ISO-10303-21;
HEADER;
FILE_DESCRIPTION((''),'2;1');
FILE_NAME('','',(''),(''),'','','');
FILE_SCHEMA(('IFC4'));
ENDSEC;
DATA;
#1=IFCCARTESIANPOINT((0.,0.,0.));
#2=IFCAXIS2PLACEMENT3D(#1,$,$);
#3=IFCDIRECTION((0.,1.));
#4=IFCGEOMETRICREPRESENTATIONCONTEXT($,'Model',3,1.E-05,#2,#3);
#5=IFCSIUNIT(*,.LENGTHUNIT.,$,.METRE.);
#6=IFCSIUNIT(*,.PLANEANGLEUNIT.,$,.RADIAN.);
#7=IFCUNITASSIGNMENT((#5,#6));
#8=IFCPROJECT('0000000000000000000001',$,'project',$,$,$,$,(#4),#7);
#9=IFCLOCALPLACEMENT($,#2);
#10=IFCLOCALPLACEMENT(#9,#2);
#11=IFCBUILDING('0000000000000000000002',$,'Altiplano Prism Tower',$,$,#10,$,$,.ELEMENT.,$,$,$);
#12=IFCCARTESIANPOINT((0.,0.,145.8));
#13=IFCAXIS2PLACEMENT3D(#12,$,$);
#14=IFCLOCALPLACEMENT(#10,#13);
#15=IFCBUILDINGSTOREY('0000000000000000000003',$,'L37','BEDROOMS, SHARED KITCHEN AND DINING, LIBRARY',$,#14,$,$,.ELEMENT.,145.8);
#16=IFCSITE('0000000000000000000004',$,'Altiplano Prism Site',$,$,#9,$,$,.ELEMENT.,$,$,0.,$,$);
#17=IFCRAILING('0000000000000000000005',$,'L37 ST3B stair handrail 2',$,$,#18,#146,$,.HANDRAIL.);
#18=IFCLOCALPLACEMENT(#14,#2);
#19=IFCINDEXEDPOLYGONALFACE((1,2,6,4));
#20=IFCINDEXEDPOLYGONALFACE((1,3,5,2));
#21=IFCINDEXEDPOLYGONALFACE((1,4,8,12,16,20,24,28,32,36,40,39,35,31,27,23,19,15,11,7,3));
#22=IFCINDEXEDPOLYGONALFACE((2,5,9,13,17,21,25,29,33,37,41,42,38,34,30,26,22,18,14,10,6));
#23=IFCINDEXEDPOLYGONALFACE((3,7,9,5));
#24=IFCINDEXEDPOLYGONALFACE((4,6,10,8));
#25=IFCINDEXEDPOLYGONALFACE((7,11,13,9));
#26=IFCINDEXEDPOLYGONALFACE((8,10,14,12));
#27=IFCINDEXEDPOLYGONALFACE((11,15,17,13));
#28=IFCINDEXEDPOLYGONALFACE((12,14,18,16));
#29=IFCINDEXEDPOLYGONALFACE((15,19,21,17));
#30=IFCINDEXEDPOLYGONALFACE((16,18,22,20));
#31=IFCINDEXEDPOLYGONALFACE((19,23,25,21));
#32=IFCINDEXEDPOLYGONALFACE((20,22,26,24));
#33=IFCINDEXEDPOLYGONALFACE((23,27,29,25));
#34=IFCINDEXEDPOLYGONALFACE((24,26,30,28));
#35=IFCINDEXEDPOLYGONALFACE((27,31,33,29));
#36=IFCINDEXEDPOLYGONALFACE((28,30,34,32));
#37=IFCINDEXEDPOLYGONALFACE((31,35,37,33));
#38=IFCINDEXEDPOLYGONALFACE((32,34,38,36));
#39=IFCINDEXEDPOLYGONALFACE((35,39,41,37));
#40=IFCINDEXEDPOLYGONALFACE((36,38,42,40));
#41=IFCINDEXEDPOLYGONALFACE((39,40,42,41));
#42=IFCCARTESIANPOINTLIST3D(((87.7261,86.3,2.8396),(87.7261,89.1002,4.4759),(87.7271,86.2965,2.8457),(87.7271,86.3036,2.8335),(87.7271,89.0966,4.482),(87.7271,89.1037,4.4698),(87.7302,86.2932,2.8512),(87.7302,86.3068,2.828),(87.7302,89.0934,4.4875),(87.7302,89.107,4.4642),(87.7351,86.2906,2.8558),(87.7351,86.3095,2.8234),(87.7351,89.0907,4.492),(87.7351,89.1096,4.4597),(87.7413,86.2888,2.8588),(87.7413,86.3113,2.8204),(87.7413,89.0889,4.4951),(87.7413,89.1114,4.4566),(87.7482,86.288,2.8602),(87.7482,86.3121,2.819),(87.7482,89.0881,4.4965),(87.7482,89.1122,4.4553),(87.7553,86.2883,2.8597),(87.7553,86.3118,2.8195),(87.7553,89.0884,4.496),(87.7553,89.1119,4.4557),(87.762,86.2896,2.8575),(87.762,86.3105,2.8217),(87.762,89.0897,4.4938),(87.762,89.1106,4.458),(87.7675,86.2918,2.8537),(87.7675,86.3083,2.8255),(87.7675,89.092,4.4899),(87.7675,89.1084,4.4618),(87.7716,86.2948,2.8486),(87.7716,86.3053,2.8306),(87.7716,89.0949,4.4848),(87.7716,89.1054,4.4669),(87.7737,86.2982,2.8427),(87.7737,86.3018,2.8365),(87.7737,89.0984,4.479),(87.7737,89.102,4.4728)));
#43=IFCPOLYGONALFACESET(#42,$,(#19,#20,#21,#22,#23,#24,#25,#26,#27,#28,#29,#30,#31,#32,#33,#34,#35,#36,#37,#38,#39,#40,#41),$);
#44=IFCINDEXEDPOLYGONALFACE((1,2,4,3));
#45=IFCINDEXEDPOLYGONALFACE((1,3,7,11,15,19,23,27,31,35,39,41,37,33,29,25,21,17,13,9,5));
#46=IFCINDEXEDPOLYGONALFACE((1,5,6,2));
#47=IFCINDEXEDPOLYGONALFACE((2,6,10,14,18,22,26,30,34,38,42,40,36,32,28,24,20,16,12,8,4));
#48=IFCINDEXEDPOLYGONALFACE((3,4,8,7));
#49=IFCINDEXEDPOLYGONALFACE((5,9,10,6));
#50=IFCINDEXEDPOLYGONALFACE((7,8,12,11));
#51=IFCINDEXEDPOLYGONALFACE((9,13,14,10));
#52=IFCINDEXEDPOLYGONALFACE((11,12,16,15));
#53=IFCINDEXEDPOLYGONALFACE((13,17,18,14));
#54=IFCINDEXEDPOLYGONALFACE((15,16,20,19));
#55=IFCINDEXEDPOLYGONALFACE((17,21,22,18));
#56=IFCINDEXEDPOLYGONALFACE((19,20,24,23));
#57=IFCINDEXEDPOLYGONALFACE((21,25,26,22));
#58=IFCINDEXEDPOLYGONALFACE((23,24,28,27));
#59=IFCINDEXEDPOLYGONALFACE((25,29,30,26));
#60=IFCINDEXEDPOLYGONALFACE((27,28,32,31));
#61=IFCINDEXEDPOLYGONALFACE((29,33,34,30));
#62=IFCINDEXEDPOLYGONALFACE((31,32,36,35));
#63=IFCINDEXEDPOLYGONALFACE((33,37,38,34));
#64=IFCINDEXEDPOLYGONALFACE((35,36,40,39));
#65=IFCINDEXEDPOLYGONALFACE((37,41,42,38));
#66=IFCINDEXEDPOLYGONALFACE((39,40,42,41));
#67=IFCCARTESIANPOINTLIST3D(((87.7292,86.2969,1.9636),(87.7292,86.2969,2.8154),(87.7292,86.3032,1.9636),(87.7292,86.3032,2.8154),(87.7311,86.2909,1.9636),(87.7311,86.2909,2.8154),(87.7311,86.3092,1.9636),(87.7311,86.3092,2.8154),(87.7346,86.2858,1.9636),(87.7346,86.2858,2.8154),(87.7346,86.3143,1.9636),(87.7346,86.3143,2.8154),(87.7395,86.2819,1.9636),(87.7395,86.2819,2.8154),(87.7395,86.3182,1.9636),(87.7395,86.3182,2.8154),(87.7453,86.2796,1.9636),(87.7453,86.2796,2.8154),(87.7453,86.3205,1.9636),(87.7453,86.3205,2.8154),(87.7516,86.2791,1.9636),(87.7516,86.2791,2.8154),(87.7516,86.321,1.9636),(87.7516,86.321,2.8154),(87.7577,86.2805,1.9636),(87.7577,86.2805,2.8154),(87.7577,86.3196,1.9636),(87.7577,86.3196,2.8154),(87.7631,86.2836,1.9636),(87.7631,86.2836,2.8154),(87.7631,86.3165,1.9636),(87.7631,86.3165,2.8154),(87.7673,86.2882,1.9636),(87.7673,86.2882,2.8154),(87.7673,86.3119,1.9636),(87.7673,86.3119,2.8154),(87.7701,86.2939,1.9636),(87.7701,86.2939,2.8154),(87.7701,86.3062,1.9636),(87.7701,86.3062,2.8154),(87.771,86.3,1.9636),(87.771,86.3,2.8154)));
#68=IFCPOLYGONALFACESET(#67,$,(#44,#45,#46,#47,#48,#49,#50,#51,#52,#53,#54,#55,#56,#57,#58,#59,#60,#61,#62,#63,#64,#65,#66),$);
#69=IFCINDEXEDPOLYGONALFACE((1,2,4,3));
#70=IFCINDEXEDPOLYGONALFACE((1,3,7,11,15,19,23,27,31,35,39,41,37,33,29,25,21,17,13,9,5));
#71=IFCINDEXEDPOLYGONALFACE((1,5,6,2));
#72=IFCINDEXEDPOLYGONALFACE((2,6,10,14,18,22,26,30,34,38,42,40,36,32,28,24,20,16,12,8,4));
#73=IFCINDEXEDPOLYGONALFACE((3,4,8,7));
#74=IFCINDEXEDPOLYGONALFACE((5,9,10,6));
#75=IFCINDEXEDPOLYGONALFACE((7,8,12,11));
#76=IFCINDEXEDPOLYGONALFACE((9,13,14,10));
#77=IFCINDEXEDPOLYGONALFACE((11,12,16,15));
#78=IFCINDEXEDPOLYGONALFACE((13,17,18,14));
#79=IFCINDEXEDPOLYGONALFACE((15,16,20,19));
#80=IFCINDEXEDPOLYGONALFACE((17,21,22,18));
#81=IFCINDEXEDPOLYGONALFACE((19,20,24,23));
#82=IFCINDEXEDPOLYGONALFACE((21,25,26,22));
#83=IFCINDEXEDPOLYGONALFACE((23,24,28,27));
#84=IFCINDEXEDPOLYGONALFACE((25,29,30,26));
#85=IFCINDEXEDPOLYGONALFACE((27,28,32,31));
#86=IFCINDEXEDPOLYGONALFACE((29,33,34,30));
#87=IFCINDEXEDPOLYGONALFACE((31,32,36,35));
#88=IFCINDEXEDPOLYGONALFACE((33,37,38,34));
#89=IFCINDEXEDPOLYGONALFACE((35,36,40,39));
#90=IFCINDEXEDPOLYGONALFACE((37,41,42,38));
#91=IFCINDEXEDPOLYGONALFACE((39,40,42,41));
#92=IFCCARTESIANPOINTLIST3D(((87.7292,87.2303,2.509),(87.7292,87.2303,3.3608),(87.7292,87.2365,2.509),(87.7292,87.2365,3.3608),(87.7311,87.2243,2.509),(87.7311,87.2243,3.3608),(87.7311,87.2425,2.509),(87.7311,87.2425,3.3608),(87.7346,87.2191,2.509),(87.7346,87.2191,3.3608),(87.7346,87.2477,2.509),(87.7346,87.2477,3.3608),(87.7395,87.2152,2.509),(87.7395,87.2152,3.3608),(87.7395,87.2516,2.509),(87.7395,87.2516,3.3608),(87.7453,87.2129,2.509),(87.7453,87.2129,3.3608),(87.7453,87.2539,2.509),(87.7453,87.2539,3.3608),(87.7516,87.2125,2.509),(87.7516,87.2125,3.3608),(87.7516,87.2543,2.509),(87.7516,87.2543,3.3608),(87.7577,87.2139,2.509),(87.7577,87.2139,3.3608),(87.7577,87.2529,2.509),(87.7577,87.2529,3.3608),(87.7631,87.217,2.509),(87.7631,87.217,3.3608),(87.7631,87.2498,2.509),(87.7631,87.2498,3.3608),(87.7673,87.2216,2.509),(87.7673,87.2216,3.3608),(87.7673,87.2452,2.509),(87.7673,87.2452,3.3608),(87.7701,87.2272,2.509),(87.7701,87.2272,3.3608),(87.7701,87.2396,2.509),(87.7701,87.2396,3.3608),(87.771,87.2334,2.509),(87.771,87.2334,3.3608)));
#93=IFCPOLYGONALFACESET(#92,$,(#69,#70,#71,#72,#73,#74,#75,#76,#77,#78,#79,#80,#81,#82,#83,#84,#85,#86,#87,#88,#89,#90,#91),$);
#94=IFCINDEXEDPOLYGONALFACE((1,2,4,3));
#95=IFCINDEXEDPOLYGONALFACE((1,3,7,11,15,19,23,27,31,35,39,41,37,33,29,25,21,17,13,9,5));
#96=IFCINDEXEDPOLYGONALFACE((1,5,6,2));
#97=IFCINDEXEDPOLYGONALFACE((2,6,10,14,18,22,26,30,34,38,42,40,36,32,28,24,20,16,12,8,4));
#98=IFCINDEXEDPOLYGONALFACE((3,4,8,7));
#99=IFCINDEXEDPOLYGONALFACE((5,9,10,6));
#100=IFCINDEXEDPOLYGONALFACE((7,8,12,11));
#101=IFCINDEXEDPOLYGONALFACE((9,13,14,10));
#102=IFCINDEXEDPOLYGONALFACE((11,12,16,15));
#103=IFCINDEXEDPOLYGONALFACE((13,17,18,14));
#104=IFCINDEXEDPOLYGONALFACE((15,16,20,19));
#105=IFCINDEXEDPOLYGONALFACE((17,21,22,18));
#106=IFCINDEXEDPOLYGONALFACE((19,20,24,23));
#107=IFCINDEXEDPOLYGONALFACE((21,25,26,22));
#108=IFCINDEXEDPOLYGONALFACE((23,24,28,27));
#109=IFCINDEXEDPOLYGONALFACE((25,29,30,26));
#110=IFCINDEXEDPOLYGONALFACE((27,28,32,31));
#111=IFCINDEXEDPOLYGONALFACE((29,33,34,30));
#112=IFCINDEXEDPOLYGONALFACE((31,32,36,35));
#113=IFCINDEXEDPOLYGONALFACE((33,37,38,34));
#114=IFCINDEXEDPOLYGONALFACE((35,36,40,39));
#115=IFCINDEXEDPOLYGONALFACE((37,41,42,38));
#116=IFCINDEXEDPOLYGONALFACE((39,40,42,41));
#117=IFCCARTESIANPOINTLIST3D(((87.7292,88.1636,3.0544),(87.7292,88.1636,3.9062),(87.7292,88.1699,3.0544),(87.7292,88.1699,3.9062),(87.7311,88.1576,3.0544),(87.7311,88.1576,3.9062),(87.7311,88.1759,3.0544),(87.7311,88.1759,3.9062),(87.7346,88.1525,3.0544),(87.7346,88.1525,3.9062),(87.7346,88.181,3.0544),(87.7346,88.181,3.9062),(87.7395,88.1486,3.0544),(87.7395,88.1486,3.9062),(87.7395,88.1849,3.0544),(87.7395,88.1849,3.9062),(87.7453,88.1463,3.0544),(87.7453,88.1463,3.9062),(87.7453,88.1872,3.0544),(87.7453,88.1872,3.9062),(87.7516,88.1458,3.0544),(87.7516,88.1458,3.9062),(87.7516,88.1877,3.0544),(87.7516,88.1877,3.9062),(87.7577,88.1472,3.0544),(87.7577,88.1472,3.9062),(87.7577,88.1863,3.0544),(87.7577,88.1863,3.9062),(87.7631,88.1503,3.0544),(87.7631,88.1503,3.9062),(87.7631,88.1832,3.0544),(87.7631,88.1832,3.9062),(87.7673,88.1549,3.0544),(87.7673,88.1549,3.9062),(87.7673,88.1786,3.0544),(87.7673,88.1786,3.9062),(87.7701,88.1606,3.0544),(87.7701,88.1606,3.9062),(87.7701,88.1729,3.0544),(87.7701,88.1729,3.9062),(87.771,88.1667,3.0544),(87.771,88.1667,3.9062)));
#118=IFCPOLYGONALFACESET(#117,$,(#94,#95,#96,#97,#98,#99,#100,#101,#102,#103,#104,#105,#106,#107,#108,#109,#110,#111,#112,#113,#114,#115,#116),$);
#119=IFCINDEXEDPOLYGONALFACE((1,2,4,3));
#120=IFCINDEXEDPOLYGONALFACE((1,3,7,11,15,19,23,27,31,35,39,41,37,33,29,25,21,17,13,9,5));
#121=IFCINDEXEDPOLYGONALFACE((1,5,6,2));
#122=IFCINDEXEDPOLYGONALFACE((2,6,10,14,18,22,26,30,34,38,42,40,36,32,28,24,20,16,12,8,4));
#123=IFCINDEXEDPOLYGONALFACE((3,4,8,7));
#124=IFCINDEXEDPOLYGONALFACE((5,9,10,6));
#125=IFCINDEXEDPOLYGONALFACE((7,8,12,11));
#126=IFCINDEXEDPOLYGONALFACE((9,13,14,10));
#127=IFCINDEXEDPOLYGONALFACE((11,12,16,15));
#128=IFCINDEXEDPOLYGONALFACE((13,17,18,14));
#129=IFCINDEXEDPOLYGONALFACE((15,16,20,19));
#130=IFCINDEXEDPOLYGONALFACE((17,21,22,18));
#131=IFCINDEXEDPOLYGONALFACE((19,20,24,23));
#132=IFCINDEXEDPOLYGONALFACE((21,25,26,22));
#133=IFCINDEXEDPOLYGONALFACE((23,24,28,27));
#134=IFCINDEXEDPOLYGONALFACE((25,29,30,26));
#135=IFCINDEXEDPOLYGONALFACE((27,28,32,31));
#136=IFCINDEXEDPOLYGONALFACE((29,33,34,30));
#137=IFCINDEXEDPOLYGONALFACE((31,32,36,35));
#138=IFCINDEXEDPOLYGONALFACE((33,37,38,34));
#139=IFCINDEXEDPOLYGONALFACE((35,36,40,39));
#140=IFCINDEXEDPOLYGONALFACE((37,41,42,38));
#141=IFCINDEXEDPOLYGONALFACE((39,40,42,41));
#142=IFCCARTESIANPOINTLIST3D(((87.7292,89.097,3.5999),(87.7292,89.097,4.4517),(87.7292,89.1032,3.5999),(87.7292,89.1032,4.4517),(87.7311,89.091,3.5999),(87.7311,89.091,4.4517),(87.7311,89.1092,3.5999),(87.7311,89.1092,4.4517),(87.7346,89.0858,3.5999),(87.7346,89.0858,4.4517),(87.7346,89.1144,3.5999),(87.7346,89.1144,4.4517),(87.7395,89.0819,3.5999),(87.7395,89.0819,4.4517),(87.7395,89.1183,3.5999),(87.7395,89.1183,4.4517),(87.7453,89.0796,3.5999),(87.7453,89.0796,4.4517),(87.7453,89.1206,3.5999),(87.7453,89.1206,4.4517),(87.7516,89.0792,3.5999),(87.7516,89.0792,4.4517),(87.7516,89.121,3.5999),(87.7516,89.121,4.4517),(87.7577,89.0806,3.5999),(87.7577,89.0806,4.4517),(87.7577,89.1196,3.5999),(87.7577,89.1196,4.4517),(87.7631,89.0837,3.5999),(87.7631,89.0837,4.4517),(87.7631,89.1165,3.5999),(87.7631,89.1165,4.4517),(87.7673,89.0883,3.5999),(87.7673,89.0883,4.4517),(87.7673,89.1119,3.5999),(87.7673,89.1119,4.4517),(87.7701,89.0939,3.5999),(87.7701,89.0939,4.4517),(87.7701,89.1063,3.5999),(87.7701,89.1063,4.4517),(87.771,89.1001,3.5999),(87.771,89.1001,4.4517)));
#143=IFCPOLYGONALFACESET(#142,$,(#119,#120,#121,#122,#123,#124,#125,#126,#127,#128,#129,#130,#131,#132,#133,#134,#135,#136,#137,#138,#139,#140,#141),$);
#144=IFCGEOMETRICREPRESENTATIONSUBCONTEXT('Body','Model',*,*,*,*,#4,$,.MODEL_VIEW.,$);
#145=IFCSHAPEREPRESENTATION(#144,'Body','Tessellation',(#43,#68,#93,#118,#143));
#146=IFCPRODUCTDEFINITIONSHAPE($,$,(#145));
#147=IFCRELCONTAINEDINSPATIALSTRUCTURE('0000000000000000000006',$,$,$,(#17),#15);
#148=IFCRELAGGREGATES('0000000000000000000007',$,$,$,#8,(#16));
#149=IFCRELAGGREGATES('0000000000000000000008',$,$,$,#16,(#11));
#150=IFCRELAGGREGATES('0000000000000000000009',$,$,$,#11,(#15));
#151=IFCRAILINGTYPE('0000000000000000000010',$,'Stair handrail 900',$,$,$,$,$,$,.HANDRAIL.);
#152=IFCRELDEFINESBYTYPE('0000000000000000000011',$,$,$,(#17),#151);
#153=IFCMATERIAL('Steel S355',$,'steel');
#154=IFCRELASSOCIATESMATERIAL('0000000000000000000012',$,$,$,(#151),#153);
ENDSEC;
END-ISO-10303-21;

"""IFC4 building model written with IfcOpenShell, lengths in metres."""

from ifc_helpers import new_model, si_unit, direction, frame, origin, origin_2d, place, context, subcontext, project, spatial, circle, extrude, material, type_object, element, save


model = new_model("IFC4")

# Units and contexts
model_context = context("Model", 3, precision=1e-05, world=origin(), true_north=direction((0.0, 1.0)))
body_context = subcontext(model_context, "Body", "Model", "MODEL_VIEW")
ifc_project = project(units=[si_unit("LENGTHUNIT", "METRE"), si_unit("PLANEANGLEUNIT", "RADIAN")], contexts=[model_context])

# Site, building, storey
site_placement = place(None, origin())
site = spatial("IfcSite", under=ifc_project, at=site_placement, Name="Altiplano Prism Site", CompositionType="ELEMENT", RefElevation=0.0)
building_placement = place(site_placement, origin())
building = spatial("IfcBuilding", under=site, at=building_placement, Name="Altiplano Prism Tower", CompositionType="ELEMENT")
storey_placement = place(building_placement, frame((0.0, 0.0, 145.8)))
storey = spatial("IfcBuildingStorey", under=building, at=storey_placement, Name="L37", Description="BEDROOMS, SHARED KITCHEN AND DINING, LIBRARY", CompositionType="ELEMENT", Elevation=145.8)

# Railing
ifc_material_1 = material(Name="Steel S355", Category="steel")
railing_type_1 = type_object("IfcRailingType", Name="Stair handrail 900", PredefinedType="HANDRAIL", material=ifc_material_1)
railing_1_placement = place(storey_placement, frame((87.75, 86.3, 1.9636)))
element("IfcRailing", 1, at=railing_1_placement, inside=storey, type_object=railing_type_1, Name="L37 ST3B stair handrail 2", PredefinedType="HANDRAIL", context=body_context, shape_type="SweptSolid", body=[
    extrude(circle(Radius=0.0239, at=origin_2d()), frame((0.0, 0.0, 0.876), z_axis=(0.0, 0.863394, 0.504531), x_axis=(-1.0, 0.0, 0.0)), (0.0, 0.0, 1.0), 3.2432),
    extrude(circle(Radius=0.021, at=origin_2d()), origin(), (0.0, 0.0, 1.0), 0.8518),
    extrude(circle(Radius=0.021, at=origin_2d()), frame((0.0, 0.9333, 0.5454)), (0.0, 0.0, 1.0), 0.8518),
    extrude(circle(Radius=0.021, at=origin_2d()), frame((0.0, 1.8667, 1.0908)), (0.0, 0.0, 1.0), 0.8518),
    extrude(circle(Radius=0.021, at=origin_2d()), frame((0.0, 2.8, 1.6362)), (0.0, 0.0, 1.0), 0.8518),
])

save(model, "model.ifc")
